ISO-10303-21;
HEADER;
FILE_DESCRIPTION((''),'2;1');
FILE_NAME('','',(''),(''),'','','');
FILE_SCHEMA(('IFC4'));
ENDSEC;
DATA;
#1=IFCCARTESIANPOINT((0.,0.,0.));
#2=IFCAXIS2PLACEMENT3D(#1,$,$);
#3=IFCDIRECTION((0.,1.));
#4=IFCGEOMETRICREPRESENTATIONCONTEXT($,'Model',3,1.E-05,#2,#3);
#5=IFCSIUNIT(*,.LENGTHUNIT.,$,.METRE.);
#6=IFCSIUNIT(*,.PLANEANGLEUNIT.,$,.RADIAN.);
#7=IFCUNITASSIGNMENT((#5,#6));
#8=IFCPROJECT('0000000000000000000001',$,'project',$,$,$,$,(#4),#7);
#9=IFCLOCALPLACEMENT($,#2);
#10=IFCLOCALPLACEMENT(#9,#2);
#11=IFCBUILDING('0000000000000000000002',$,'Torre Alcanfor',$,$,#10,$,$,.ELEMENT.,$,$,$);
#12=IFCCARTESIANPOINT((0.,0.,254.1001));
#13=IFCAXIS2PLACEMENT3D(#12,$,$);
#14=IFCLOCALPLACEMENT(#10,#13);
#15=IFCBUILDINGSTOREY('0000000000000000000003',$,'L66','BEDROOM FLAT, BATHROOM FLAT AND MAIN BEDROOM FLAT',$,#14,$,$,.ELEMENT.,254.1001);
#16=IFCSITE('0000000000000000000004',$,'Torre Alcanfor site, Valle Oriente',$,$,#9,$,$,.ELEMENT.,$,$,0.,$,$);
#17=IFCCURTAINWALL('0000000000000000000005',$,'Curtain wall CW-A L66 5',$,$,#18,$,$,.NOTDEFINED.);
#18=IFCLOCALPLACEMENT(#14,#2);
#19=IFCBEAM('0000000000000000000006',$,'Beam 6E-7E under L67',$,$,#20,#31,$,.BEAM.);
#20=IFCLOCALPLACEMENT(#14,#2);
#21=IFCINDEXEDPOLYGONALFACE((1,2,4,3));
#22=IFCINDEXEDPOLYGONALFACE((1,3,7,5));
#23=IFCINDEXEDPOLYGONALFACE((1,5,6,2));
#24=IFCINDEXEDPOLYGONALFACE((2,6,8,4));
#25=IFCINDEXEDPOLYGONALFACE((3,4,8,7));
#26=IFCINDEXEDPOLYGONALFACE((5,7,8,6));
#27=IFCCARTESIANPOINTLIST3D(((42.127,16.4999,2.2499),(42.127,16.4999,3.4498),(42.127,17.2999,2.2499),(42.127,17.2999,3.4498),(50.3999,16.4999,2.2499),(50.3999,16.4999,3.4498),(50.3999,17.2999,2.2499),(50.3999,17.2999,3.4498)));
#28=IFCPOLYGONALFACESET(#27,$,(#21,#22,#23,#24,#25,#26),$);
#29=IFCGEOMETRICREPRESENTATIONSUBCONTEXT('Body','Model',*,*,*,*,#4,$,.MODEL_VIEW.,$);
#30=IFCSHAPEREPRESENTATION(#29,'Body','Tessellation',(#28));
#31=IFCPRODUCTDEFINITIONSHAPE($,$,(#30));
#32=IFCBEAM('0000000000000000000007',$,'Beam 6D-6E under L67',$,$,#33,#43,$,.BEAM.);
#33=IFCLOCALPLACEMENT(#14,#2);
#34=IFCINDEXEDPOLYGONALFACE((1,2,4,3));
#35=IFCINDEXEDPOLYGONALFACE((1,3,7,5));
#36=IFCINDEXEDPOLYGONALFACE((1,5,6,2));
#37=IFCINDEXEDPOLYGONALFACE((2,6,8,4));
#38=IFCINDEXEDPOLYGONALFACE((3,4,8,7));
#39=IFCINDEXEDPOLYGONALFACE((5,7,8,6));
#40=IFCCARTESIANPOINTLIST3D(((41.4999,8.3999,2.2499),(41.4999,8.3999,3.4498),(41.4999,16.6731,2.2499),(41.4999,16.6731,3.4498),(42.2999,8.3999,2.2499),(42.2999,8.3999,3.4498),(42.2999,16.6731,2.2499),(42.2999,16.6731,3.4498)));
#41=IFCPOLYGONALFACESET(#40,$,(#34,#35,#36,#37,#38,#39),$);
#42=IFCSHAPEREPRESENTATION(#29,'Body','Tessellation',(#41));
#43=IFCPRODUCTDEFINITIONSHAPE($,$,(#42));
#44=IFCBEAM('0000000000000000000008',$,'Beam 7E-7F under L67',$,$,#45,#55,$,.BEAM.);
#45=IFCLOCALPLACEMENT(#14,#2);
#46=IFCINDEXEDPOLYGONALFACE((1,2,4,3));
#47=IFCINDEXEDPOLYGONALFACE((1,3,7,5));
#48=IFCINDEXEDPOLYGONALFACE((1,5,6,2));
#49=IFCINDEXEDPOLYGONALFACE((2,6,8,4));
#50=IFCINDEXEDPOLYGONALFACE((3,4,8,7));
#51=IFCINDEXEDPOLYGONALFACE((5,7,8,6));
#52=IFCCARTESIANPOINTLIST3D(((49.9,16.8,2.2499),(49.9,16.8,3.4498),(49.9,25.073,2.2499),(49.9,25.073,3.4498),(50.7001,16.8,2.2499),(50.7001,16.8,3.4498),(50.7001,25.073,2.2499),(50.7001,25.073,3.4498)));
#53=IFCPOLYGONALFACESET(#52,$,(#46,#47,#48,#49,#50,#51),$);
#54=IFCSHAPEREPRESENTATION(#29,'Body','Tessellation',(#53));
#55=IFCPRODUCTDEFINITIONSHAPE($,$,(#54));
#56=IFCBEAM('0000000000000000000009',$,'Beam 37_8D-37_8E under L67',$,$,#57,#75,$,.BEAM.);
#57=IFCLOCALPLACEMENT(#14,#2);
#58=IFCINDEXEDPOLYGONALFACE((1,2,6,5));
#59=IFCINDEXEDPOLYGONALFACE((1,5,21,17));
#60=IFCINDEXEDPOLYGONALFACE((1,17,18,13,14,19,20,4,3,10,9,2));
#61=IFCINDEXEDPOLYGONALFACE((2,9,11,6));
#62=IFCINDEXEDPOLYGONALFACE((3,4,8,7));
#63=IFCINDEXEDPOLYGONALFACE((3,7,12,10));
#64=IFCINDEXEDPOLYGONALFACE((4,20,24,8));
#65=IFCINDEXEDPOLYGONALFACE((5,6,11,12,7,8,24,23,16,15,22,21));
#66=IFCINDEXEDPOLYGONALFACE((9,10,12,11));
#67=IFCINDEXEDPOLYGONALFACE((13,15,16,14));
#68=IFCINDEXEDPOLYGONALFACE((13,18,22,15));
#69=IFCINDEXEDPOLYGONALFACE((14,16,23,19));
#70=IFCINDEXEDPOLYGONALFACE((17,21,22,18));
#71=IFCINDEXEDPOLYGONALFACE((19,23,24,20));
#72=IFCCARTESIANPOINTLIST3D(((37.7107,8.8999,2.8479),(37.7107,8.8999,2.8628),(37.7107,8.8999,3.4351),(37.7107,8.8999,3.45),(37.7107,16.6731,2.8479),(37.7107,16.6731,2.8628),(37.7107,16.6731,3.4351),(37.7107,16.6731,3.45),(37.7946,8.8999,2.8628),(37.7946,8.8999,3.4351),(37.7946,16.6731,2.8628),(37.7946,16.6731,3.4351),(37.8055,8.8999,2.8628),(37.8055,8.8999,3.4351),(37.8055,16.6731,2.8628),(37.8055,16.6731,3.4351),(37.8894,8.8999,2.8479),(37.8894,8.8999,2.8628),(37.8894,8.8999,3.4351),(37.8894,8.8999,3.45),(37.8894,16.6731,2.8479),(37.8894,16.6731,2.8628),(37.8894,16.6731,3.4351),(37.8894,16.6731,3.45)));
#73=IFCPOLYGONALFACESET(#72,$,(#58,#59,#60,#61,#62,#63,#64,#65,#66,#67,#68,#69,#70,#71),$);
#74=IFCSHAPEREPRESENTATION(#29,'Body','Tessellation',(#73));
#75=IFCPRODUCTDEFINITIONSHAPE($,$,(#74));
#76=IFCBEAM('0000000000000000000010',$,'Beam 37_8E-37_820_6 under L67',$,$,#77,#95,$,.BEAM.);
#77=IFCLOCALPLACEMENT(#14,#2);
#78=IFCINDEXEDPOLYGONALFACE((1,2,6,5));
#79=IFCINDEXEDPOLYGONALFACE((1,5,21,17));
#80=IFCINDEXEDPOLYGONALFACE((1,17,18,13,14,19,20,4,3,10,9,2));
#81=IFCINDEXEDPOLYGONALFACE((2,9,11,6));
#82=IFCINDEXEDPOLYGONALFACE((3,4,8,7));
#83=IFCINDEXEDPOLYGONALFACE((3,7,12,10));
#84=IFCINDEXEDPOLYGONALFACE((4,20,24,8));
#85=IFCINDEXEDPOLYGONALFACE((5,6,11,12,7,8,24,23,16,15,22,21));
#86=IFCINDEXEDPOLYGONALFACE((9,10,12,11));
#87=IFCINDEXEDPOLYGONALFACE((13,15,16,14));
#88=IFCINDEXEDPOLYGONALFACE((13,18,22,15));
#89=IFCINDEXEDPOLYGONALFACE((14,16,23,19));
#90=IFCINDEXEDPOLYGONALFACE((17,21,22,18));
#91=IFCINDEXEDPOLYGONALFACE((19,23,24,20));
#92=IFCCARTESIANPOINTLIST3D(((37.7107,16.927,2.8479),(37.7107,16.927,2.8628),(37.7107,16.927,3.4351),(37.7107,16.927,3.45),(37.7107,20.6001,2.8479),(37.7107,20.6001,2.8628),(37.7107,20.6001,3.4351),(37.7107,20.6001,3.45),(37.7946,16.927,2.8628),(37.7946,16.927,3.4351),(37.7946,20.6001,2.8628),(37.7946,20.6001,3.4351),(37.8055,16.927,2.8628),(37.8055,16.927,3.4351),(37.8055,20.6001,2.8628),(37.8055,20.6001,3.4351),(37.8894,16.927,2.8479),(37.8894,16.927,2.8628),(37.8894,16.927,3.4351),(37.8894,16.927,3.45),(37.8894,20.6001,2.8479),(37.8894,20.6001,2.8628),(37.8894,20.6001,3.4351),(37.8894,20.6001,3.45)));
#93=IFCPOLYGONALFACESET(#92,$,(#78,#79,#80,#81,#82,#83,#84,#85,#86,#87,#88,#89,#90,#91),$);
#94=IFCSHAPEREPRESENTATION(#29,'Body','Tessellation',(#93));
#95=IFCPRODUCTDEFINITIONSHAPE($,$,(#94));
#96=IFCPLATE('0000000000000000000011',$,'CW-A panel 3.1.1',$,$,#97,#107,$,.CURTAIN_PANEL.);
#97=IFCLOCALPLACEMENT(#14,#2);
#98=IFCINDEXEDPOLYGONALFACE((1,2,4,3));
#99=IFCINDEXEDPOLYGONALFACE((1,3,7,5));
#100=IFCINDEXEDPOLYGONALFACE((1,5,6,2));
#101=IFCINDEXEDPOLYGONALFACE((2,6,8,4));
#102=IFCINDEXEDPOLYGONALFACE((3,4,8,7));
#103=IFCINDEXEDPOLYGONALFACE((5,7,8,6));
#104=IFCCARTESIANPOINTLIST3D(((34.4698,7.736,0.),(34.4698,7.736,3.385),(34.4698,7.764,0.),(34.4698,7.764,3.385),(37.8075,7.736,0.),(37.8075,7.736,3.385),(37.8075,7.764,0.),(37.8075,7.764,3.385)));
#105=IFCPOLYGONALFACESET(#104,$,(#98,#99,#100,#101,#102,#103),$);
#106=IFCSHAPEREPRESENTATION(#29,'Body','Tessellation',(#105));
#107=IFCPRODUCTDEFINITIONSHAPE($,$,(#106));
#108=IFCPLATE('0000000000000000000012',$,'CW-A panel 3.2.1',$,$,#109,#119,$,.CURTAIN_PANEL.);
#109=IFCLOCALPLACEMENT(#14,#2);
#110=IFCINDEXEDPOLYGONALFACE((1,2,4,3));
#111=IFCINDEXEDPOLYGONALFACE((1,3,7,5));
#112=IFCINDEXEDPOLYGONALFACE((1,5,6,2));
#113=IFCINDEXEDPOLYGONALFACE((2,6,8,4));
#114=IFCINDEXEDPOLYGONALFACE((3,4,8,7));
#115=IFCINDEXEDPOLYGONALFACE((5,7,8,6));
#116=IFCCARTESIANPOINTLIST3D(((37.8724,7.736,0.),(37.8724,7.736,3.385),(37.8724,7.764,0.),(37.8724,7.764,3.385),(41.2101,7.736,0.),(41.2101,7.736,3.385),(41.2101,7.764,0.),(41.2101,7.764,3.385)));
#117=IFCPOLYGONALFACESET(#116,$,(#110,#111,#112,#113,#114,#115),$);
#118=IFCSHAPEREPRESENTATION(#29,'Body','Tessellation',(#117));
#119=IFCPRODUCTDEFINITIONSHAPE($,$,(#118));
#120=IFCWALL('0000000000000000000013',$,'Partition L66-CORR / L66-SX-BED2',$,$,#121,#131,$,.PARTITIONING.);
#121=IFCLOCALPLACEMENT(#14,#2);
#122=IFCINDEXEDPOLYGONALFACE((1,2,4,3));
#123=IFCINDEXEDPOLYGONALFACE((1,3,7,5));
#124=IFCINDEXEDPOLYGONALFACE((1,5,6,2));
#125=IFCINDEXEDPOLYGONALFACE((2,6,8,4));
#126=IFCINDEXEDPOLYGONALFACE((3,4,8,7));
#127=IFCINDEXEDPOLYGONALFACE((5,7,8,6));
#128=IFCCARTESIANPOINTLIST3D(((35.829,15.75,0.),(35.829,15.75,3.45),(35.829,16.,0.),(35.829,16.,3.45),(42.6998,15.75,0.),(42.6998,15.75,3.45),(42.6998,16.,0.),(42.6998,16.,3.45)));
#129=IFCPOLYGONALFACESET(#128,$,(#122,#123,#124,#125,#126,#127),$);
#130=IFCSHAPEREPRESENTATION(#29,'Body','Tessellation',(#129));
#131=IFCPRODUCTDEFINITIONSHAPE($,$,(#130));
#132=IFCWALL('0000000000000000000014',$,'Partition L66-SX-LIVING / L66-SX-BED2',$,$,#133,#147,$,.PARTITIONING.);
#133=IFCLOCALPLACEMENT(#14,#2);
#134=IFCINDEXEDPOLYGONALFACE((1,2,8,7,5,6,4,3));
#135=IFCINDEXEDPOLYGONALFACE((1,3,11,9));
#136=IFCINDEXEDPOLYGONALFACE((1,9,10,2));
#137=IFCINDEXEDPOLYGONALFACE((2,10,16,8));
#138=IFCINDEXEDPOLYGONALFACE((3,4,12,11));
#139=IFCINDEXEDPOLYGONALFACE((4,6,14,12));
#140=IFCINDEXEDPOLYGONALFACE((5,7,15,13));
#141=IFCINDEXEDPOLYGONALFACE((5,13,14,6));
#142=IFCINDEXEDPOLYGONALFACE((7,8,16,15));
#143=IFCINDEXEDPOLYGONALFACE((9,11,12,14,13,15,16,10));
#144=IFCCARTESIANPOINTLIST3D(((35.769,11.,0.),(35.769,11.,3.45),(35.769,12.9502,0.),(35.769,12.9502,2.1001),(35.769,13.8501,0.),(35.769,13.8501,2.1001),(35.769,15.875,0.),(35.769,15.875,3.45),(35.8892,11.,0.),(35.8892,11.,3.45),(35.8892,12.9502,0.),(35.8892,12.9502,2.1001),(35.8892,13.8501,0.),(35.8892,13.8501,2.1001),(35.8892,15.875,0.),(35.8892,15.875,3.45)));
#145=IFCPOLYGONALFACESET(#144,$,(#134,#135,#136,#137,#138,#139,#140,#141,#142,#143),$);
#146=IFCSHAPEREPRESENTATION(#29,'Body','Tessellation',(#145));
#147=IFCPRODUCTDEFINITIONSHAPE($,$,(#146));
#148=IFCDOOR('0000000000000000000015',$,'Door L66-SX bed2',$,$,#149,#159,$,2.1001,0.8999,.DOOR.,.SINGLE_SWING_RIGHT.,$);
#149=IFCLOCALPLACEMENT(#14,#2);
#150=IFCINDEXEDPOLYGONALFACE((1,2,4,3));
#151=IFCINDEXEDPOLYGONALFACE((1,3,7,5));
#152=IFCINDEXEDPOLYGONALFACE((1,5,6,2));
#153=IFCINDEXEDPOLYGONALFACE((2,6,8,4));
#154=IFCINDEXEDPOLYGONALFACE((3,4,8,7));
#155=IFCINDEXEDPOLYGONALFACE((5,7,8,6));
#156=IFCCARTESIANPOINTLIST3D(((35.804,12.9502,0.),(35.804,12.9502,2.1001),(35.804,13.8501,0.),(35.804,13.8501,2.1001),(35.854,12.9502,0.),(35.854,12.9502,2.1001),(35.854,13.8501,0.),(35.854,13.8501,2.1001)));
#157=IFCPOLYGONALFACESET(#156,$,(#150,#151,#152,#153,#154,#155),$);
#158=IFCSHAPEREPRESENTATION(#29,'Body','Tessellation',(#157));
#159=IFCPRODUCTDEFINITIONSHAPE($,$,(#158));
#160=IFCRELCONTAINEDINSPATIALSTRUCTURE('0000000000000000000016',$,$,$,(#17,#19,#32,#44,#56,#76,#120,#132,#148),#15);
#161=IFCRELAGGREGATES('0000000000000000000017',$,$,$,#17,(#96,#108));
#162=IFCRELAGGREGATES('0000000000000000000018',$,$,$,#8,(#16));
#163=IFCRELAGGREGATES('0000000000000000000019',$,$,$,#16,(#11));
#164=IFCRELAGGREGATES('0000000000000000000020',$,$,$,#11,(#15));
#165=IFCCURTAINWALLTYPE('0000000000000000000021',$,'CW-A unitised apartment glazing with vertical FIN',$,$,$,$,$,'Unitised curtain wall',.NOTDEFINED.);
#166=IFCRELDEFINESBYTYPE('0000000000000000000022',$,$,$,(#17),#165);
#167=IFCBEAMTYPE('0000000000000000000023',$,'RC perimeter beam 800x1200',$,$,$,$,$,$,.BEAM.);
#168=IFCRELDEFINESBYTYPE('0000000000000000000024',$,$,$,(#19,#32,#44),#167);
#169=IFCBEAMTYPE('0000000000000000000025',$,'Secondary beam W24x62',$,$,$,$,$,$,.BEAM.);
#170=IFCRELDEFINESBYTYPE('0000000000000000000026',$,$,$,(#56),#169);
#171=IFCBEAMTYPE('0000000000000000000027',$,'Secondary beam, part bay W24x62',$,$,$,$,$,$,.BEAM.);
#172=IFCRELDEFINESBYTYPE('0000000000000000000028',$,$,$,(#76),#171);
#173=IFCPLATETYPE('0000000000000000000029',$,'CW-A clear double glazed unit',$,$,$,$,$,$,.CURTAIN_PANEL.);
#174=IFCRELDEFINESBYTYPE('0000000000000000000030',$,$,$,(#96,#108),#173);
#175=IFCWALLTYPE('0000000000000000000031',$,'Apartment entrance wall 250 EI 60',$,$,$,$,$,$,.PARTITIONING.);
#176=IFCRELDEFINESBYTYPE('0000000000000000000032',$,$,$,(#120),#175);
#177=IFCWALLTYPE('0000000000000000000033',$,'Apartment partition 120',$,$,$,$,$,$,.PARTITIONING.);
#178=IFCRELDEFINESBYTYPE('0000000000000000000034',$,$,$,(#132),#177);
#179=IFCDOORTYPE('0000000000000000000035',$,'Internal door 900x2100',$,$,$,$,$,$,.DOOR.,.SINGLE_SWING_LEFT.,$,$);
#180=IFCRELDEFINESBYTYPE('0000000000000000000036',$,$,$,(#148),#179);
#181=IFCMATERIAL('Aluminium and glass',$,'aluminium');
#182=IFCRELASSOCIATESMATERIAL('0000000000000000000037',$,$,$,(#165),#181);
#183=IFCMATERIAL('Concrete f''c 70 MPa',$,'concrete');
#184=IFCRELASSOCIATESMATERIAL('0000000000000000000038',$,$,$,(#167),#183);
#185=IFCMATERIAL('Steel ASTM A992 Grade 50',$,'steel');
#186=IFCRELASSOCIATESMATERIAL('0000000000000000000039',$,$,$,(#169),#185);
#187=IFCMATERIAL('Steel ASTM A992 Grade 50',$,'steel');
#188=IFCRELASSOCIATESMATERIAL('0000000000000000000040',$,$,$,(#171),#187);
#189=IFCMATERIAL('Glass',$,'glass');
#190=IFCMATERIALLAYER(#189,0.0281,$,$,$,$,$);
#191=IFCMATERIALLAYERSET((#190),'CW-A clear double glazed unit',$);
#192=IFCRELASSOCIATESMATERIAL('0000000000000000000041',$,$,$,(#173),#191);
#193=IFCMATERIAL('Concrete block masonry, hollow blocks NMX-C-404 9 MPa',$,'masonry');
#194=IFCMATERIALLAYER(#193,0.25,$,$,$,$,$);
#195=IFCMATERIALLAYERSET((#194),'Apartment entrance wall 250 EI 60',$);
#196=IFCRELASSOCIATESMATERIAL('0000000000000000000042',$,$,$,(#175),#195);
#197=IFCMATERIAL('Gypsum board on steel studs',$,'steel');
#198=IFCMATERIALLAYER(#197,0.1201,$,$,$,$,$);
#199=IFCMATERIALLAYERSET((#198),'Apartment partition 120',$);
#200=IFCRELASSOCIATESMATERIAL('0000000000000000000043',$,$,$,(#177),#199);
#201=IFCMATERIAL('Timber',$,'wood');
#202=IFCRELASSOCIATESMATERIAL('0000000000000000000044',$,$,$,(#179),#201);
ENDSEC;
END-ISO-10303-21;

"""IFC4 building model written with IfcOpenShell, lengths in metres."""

from ifc_helpers import new_model, si_unit, direction, frame, frame_2d, origin, origin_2d, place, context, subcontext, project, spatial, rectangle, i_section, extrude, material, layer, layer_set, material_profile, profile_set, type_object, element, fill, aggregate, save


model = new_model("IFC4")

# Units and contexts
model_context = context("Model", 3, precision=1e-05, world=origin(), true_north=direction((0.0, 1.0)))
body_context = subcontext(model_context, "Body", "Model", "MODEL_VIEW")
ifc_project = project(units=[si_unit("LENGTHUNIT", "METRE"), si_unit("PLANEANGLEUNIT", "RADIAN")], contexts=[model_context])

# Site, building, storey
site_placement = place(None, origin())
site = spatial("IfcSite", under=ifc_project, at=site_placement, Name="Torre Alcanfor site, Valle Oriente", CompositionType="ELEMENT", RefElevation=0.0)
building_placement = place(site_placement, origin())
building = spatial("IfcBuilding", under=site, at=building_placement, Name="Torre Alcanfor", CompositionType="ELEMENT")
storey_placement = place(building_placement, frame((0.0, 0.0, 254.1001)))
storey = spatial("IfcBuildingStorey", under=building, at=storey_placement, Name="L66", Description="BEDROOM FLAT, BATHROOM FLAT AND MAIN BEDROOM FLAT", CompositionType="ELEMENT", Elevation=254.1001)

# Curtain wall
ifc_material_1 = material(Name="Aluminium and glass", Category="aluminium")
curtain_wall_type = type_object("IfcCurtainWallType", Name="CW-A unitised apartment glazing with vertical FIN", ElementType="Unitised curtain wall", PredefinedType="NOTDEFINED", material=ifc_material_1)
curtain_wall_placement = place(storey_placement, origin())
curtain_wall = element("IfcCurtainWall", 1, at=curtain_wall_placement, inside=storey, type_object=curtain_wall_type, Name="Curtain wall CW-A L66 5", PredefinedType="NOTDEFINED")

# Beams
ifc_material_2 = material(Name="Concrete f'c 70 MPa", Category="concrete")
ifc_material_profile_1 = material_profile(ifc_material_2, rectangle(XDim=0.8, YDim=1.2, at=origin_2d()), Name="800x1200")
ifc_profile_set_1 = profile_set([ifc_material_profile_1], Name="Concrete f'c 70 MPa")
beam_type_1 = type_object("IfcBeamType", Name="RC perimeter beam 800x1200", PredefinedType="BEAM", material=ifc_profile_set_1)
beam_1_placement = place(storey_placement, frame((42.127, 16.8999, 2.8499), z_axis=(1.0, 0.0, 0.0), x_axis=(0.0, 1.0, 0.0)))
element("IfcBeam", 2, at=beam_1_placement, inside=storey, type_object=beam_type_1, Name="Beam 6E-7E under L67", PredefinedType="BEAM", context=body_context, shape_type="SweptSolid", body=[
    extrude(rectangle(XDim=0.8, YDim=1.2, at=origin_2d()), origin(), (0.0, 0.0, 1.0), 8.2729),
])
beam_2_placement = place(storey_placement, frame((41.8999, 8.3999, 2.8499), z_axis=(0.0, 1.0, 0.0), x_axis=(-1.0, 0.0, 0.0)))
element("IfcBeam", 3, at=beam_2_placement, inside=storey, type_object=beam_type_1, Name="Beam 6D-6E under L67", PredefinedType="BEAM", context=body_context, shape_type="SweptSolid", body=[
    extrude(rectangle(XDim=0.8, YDim=1.2, at=origin_2d()), origin(), (0.0, 0.0, 1.0), 8.2732),
])
beam_3_placement = place(storey_placement, frame((50.3, 16.8, 2.8499), z_axis=(0.0, 1.0, 0.0), x_axis=(-1.0, 0.0, 0.0)))
element("IfcBeam", 4, at=beam_3_placement, inside=storey, type_object=beam_type_1, Name="Beam 7E-7F under L67", PredefinedType="BEAM", context=body_context, shape_type="SweptSolid", body=[
    extrude(rectangle(XDim=0.8, YDim=1.2, at=origin_2d()), origin(), (0.0, 0.0, 1.0), 8.2729),
])
ifc_material_3 = material(Name="Steel ASTM A992 Grade 50", Category="steel")
ifc_material_profile_2 = material_profile(ifc_material_3, i_section(OverallWidth=0.1787, OverallDepth=0.6021, WebThickness=0.011, FlangeThickness=0.0149, at=origin_2d()), Name="W24x62")
ifc_profile_set_2 = profile_set([ifc_material_profile_2], Name="Steel ASTM A992 Grade 50")
beam_type_2 = type_object("IfcBeamType", Name="Secondary beam W24x62", PredefinedType="BEAM", material=ifc_profile_set_2)
beam_4_placement = place(storey_placement, frame((37.8, 8.8999, 3.1489), z_axis=(0.0, 1.0, 0.0), x_axis=(-1.0, 0.0, 0.0)))
element("IfcBeam", 5, at=beam_4_placement, inside=storey, type_object=beam_type_2, Name="Beam 37_8D-37_8E under L67", PredefinedType="BEAM", context=body_context, shape_type="SweptSolid", body=[
    extrude(i_section(OverallWidth=0.1787, OverallDepth=0.6021, WebThickness=0.011, FlangeThickness=0.0149, at=origin_2d()), origin(), (0.0, 0.0, 1.0), 7.7732),
])
ifc_material_4 = material(Name="Steel ASTM A992 Grade 50", Category="steel")
ifc_material_profile_3 = material_profile(ifc_material_4, i_section(OverallWidth=0.1787, OverallDepth=0.6021, WebThickness=0.011, FlangeThickness=0.0149, at=origin_2d()), Name="W24x62")
ifc_profile_set_3 = profile_set([ifc_material_profile_3], Name="Steel ASTM A992 Grade 50")
beam_type_3 = type_object("IfcBeamType", Name="Secondary beam, part bay W24x62", PredefinedType="BEAM", material=ifc_profile_set_3)
beam_5_placement = place(storey_placement, frame((37.8, 16.927, 3.1489), z_axis=(0.0, 1.0, 0.0), x_axis=(-1.0, 0.0, 0.0)))
element("IfcBeam", 6, at=beam_5_placement, inside=storey, type_object=beam_type_3, Name="Beam 37_8E-37_820_6 under L67", PredefinedType="BEAM", context=body_context, shape_type="SweptSolid", body=[
    extrude(i_section(OverallWidth=0.1787, OverallDepth=0.6021, WebThickness=0.011, FlangeThickness=0.0149, at=origin_2d()), origin(), (0.0, 0.0, 1.0), 3.6731),
])

# Plates
ifc_material_5 = material(Name="Glass", Category="glass")
ifc_layer_1 = layer(ifc_material_5, 0.0281)
ifc_layer_set_1 = layer_set([ifc_layer_1], Name="CW-A clear double glazed unit")
plate_type = type_object("IfcPlateType", Name="CW-A clear double glazed unit", PredefinedType="CURTAIN_PANEL", material=ifc_layer_set_1)
plate_1_placement = place(storey_placement, frame((36.1387, 7.75, 0.0), z_axis=(0.0, 0.0, 1.0), x_axis=(1.0, 0.0, 0.0)))
plate_1 = element("IfcPlate", 7, at=plate_1_placement, type_object=plate_type, Name="CW-A panel 3.1.1", PredefinedType="CURTAIN_PANEL", context=body_context, shape_type="SweptSolid", body=[
    extrude(rectangle(XDim=3.3376, YDim=0.0281, at=origin_2d()), origin(), (0.0, 0.0, 1.0), 3.385),
])
plate_2_placement = place(storey_placement, frame((39.5413, 7.75, 0.0), z_axis=(0.0, 0.0, 1.0), x_axis=(1.0, 0.0, 0.0)))
plate_2 = element("IfcPlate", 8, at=plate_2_placement, type_object=plate_type, Name="CW-A panel 3.2.1", PredefinedType="CURTAIN_PANEL", context=body_context, shape_type="SweptSolid", body=[
    extrude(rectangle(XDim=3.3376, YDim=0.0281, at=origin_2d()), origin(), (0.0, 0.0, 1.0), 3.385),
])
aggregate(curtain_wall, [plate_1, plate_2])

# Wall
ifc_material_6 = material(Name="Concrete block masonry, hollow blocks NMX-C-404 9 MPa", Category="masonry")
ifc_layer_2 = layer(ifc_material_6, 0.25)
ifc_layer_set_2 = layer_set([ifc_layer_2], Name="Apartment entrance wall 250 EI 60")
wall_type_1 = type_object("IfcWallType", Name="Apartment entrance wall 250 EI 60", PredefinedType="PARTITIONING", material=ifc_layer_set_2)
wall_1_placement = place(storey_placement, frame((42.7, 15.875, 0.0), z_axis=(0.0, 0.0, 1.0), x_axis=(-1.0, 0.0, 0.0)))
element("IfcWall", 9, at=wall_1_placement, inside=storey, type_object=wall_type_1, Name="Partition L66-CORR / L66-SX-BED2", PredefinedType="PARTITIONING", context=body_context, shape_type="SweptSolid", body=[
    extrude(rectangle(XDim=6.8708, YDim=0.25, at=frame_2d((3.4355, 0.0))), origin(), (0.0, 0.0, 1.0), 3.45),
])

# Wall, opening, door
ifc_material_7 = material(Name="Gypsum board on steel studs", Category="steel")
ifc_layer_3 = layer(ifc_material_7, 0.1201)
ifc_layer_set_3 = layer_set([ifc_layer_3], Name="Apartment partition 120")
wall_type_2 = type_object("IfcWallType", Name="Apartment partition 120", PredefinedType="PARTITIONING", material=ifc_layer_set_3)
wall_2_placement = place(storey_placement, frame((35.8291, 15.875, 0.0), z_axis=(0.0, 0.0, 1.0), x_axis=(0.0, -1.0, 0.0)))
wall_2 = element("IfcWall", 10, at=wall_2_placement, inside=storey, type_object=wall_type_2, Name="Partition L66-SX-LIVING / L66-SX-BED2", PredefinedType="PARTITIONING", context=body_context, shape_type="SweptSolid", body=[
    extrude(rectangle(XDim=4.875, YDim=0.1201, at=frame_2d((2.4375, 0.0))), origin(), (0.0, 0.0, 1.0), 3.45),
])
opening_1_placement = place(wall_2_placement, frame((2.0249, 0.0, 0.0)))
opening_1 = element("IfcOpeningElement", 11, at=opening_1_placement, cuts=wall_2, PredefinedType="OPENING", context=body_context, shape_type="SweptSolid", body=[
    extrude(rectangle(XDim=0.8999, YDim=2.1001, at=frame_2d((0.45, 1.05))), frame((0.0, 0.0701, 0.0), z_axis=(0.0, -1.0, 0.0), x_axis=(1.0, 0.0, 0.0)), (0.0, 0.0, 1.0), 0.1401),
])
ifc_material_8 = material(Name="Timber", Category="wood")
door_type = type_object("IfcDoorType", Name="Internal door 900x2100", OperationType="SINGLE_SWING_LEFT", PredefinedType="DOOR", material=ifc_material_8)
door_placement = place(opening_1_placement, origin())
door = element("IfcDoor", 12, at=door_placement, inside=storey, type_object=door_type, Name="Door L66-SX bed2", OperationType="SINGLE_SWING_RIGHT", OverallHeight=2.1001, OverallWidth=0.8999, PredefinedType="DOOR", context=body_context, shape_type="SweptSolid", body=[
    extrude(rectangle(XDim=0.8999, YDim=2.1001, at=frame_2d((0.45, 1.05))), frame((0.0, 0.0249, 0.0), z_axis=(0.0, -1.0, 0.0), x_axis=(1.0, 0.0, 0.0)), (0.0, 0.0, 1.0), 0.05),
])
fill(opening_1, door)

save(model, "model.ifc")
